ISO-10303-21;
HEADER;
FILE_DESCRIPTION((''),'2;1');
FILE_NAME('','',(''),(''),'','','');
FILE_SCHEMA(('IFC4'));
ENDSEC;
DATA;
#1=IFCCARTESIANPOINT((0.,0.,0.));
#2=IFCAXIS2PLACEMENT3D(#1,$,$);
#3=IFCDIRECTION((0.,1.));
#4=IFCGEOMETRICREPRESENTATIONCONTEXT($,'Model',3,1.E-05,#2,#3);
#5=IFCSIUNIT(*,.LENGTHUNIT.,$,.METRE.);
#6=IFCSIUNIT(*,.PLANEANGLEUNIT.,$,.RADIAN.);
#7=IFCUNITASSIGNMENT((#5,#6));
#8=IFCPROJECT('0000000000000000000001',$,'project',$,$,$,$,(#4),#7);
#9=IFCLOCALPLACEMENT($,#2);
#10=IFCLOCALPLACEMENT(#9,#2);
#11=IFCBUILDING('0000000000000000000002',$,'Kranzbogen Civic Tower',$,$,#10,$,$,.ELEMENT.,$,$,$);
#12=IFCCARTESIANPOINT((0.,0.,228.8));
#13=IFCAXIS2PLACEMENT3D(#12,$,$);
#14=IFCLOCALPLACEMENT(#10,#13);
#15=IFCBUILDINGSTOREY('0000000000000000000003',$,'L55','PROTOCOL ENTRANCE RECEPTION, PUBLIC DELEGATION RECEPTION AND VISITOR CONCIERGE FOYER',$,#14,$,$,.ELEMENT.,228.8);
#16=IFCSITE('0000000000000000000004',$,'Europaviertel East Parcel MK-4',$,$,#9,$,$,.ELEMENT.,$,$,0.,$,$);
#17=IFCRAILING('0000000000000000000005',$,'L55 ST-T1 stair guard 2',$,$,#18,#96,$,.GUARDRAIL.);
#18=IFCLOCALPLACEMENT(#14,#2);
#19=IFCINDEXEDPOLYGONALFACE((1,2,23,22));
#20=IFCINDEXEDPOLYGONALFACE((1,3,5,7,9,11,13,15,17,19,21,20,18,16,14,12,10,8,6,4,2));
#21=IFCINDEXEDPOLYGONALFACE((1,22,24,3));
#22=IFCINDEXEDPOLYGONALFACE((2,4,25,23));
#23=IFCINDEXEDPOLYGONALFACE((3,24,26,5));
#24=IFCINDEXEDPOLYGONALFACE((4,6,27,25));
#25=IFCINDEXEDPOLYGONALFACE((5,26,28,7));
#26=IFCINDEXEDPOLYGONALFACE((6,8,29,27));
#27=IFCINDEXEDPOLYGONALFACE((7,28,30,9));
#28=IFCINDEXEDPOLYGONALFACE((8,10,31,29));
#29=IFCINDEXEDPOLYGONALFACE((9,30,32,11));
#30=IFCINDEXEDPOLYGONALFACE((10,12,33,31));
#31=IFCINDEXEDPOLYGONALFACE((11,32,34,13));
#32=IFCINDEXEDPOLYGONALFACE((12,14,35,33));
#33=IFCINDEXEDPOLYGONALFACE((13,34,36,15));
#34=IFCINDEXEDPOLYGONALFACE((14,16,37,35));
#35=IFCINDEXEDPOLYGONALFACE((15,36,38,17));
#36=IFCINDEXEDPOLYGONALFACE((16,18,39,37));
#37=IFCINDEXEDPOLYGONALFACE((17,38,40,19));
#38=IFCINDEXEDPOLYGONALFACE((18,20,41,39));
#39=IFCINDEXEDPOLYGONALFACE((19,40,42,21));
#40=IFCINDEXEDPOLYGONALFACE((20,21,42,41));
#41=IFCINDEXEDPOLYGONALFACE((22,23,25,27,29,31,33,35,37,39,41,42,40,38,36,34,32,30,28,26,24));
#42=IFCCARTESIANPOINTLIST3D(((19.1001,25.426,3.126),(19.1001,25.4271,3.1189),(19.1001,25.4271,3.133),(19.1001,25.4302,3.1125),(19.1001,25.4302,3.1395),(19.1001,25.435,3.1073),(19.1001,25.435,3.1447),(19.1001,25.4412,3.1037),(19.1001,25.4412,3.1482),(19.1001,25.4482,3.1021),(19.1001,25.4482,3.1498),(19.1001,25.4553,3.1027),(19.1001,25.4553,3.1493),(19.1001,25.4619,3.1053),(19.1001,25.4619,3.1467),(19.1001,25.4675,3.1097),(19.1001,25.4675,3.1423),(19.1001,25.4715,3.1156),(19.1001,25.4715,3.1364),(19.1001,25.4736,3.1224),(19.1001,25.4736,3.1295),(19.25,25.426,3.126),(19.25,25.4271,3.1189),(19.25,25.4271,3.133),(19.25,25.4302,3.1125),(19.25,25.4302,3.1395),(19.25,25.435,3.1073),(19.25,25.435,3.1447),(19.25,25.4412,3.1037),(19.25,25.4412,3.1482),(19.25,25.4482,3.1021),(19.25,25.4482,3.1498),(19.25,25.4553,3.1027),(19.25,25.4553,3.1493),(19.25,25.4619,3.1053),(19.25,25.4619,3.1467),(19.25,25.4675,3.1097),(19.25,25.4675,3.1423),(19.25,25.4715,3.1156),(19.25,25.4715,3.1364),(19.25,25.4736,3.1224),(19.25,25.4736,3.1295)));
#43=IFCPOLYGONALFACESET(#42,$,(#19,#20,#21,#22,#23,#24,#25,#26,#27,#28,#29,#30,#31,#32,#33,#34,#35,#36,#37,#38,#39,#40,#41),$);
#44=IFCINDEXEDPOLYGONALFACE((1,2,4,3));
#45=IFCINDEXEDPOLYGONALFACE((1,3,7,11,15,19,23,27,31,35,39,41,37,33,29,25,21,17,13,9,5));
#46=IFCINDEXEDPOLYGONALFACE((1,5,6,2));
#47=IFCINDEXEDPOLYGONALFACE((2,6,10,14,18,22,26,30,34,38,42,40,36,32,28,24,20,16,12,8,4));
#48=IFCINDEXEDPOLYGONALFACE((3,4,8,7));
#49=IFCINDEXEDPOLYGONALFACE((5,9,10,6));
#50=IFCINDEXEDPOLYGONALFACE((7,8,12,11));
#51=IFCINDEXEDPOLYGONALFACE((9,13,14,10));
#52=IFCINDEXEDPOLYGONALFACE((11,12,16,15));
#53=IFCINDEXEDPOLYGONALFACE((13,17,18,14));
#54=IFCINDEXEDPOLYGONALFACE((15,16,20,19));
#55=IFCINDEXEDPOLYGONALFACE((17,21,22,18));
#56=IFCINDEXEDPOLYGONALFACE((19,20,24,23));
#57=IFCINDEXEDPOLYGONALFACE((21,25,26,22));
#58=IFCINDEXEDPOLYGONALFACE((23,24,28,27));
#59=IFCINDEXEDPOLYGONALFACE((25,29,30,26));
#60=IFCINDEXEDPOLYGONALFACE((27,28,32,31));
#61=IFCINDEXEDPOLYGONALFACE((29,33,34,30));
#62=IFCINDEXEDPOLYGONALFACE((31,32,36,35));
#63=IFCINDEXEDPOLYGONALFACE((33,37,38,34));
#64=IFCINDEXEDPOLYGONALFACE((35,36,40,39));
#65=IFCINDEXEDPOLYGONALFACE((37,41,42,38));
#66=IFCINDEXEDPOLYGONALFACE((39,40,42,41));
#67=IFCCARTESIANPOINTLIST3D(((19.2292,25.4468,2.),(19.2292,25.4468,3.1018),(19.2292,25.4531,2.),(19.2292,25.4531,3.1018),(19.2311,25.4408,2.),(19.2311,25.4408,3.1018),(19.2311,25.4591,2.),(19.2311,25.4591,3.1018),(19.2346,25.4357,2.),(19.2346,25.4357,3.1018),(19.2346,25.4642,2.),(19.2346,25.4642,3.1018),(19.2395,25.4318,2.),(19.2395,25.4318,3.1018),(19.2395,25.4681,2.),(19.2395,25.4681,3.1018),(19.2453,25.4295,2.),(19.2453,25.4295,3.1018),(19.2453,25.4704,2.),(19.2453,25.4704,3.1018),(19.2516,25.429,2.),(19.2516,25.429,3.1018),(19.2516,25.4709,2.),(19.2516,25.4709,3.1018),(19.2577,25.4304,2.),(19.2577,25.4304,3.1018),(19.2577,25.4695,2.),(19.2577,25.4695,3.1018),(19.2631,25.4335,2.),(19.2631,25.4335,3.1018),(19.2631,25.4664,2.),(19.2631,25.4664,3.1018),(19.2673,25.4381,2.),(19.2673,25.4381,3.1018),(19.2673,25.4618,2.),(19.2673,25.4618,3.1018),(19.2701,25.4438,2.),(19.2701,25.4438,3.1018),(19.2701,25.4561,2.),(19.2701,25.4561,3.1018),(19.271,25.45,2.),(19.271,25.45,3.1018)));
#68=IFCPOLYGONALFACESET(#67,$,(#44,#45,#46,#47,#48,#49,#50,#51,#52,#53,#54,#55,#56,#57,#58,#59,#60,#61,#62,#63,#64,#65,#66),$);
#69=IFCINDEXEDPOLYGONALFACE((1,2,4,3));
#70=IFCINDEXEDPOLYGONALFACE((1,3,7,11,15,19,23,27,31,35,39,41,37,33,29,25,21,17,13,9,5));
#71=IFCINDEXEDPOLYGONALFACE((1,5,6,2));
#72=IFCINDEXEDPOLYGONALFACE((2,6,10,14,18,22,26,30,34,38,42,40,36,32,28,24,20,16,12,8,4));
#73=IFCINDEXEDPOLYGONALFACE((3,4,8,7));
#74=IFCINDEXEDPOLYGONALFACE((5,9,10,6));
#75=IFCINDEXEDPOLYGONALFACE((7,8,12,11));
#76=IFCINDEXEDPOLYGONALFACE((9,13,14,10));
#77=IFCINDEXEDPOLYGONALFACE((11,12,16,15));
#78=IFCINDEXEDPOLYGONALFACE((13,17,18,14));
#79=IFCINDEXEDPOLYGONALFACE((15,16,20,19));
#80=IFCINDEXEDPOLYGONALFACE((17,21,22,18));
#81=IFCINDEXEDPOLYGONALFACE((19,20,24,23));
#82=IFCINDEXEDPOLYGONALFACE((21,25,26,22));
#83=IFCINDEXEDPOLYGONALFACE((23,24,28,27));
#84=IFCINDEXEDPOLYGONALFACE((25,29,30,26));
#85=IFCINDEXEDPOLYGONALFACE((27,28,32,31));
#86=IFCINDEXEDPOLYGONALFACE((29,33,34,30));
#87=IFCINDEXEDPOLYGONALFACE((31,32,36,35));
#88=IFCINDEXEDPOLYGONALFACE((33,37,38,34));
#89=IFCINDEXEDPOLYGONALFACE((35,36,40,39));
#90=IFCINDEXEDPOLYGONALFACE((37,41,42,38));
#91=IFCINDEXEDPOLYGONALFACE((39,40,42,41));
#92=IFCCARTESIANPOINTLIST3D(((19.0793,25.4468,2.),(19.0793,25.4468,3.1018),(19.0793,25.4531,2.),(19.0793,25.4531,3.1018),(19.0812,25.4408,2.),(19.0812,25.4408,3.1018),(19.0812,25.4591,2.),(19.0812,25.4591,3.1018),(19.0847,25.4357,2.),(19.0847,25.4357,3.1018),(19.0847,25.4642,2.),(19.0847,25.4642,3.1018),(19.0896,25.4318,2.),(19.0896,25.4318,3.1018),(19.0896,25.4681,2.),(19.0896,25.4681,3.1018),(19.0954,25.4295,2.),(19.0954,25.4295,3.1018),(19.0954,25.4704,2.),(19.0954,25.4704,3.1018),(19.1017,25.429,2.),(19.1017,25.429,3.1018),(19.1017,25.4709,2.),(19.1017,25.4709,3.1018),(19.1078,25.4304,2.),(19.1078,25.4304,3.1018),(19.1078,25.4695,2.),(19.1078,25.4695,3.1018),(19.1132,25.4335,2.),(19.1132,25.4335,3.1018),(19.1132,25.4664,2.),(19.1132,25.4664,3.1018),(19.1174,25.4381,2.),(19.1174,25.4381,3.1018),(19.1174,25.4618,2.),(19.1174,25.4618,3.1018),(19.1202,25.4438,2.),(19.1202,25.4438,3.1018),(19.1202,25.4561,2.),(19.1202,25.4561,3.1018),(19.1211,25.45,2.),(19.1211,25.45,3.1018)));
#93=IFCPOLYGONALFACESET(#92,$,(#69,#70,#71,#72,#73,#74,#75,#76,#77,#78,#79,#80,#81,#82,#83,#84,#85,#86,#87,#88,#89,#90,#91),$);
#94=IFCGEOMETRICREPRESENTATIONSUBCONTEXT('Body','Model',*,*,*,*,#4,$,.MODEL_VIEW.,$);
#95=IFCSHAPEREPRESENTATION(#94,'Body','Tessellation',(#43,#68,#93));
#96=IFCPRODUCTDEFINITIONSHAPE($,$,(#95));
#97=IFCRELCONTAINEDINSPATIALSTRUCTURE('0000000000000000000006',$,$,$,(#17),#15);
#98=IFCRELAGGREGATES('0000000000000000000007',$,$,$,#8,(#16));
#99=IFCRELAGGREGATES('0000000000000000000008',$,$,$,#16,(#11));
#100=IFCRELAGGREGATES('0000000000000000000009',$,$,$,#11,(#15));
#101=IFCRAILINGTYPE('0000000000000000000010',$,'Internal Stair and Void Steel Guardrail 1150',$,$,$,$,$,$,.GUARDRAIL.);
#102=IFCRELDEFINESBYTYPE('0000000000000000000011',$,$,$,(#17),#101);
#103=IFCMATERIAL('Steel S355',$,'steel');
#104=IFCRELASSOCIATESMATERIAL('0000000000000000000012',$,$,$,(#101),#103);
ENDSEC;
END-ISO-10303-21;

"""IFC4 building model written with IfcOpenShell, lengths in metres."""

from ifc_helpers import new_model, si_unit, direction, frame, origin, origin_2d, place, context, subcontext, project, spatial, circle, extrude, material, type_object, element, save


model = new_model("IFC4")

# Units and contexts
model_context = context("Model", 3, precision=1e-05, world=origin(), true_north=direction((0.0, 1.0)))
body_context = subcontext(model_context, "Body", "Model", "MODEL_VIEW")
ifc_project = project(units=[si_unit("LENGTHUNIT", "METRE"), si_unit("PLANEANGLEUNIT", "RADIAN")], contexts=[model_context])

# Site, building, storey
site_placement = place(None, origin())
site = spatial("IfcSite", under=ifc_project, at=site_placement, Name="Europaviertel East Parcel MK-4", CompositionType="ELEMENT", RefElevation=0.0)
building_placement = place(site_placement, origin())
building = spatial("IfcBuilding", under=site, at=building_placement, Name="Kranzbogen Civic Tower", CompositionType="ELEMENT")
storey_placement = place(building_placement, frame((0.0, 0.0, 228.8)))
storey = spatial("IfcBuildingStorey", under=building, at=storey_placement, Name="L55", Description="PROTOCOL ENTRANCE RECEPTION, PUBLIC DELEGATION RECEPTION AND VISITOR CONCIERGE FOYER", CompositionType="ELEMENT", Elevation=228.8)

# Shared definitions
ifc_material_1 = material(Name="Steel S355", Category="steel")

# Railing
railing_type_1 = type_object("IfcRailingType", Name="Internal Stair and Void Steel Guardrail 1150", PredefinedType="GUARDRAIL", material=ifc_material_1)
railing_1_placement = place(storey_placement, frame((19.25, 25.45, 2.0)))
element("IfcRailing", 1, at=railing_1_placement, inside=storey, type_object=railing_type_1, Name="L55 ST-T1 stair guard 2", PredefinedType="GUARDRAIL", context=body_context, shape_type="SweptSolid", body=[
    extrude(circle(Radius=0.0239, at=origin_2d()), frame((0.0, 0.0, 1.126), z_axis=(-1.0, 0.0, 0.0), x_axis=(0.0, -1.0, 0.0)), (0.0, 0.0, 1.0), 0.1499),
    extrude(circle(Radius=0.021, at=origin_2d()), origin(), (0.0, 0.0, 1.0), 1.1018),
    extrude(circle(Radius=0.021, at=origin_2d()), frame((-0.1499, 0.0, 0.0)), (0.0, 0.0, 1.0), 1.1018),
])

save(model, "model.ifc")
